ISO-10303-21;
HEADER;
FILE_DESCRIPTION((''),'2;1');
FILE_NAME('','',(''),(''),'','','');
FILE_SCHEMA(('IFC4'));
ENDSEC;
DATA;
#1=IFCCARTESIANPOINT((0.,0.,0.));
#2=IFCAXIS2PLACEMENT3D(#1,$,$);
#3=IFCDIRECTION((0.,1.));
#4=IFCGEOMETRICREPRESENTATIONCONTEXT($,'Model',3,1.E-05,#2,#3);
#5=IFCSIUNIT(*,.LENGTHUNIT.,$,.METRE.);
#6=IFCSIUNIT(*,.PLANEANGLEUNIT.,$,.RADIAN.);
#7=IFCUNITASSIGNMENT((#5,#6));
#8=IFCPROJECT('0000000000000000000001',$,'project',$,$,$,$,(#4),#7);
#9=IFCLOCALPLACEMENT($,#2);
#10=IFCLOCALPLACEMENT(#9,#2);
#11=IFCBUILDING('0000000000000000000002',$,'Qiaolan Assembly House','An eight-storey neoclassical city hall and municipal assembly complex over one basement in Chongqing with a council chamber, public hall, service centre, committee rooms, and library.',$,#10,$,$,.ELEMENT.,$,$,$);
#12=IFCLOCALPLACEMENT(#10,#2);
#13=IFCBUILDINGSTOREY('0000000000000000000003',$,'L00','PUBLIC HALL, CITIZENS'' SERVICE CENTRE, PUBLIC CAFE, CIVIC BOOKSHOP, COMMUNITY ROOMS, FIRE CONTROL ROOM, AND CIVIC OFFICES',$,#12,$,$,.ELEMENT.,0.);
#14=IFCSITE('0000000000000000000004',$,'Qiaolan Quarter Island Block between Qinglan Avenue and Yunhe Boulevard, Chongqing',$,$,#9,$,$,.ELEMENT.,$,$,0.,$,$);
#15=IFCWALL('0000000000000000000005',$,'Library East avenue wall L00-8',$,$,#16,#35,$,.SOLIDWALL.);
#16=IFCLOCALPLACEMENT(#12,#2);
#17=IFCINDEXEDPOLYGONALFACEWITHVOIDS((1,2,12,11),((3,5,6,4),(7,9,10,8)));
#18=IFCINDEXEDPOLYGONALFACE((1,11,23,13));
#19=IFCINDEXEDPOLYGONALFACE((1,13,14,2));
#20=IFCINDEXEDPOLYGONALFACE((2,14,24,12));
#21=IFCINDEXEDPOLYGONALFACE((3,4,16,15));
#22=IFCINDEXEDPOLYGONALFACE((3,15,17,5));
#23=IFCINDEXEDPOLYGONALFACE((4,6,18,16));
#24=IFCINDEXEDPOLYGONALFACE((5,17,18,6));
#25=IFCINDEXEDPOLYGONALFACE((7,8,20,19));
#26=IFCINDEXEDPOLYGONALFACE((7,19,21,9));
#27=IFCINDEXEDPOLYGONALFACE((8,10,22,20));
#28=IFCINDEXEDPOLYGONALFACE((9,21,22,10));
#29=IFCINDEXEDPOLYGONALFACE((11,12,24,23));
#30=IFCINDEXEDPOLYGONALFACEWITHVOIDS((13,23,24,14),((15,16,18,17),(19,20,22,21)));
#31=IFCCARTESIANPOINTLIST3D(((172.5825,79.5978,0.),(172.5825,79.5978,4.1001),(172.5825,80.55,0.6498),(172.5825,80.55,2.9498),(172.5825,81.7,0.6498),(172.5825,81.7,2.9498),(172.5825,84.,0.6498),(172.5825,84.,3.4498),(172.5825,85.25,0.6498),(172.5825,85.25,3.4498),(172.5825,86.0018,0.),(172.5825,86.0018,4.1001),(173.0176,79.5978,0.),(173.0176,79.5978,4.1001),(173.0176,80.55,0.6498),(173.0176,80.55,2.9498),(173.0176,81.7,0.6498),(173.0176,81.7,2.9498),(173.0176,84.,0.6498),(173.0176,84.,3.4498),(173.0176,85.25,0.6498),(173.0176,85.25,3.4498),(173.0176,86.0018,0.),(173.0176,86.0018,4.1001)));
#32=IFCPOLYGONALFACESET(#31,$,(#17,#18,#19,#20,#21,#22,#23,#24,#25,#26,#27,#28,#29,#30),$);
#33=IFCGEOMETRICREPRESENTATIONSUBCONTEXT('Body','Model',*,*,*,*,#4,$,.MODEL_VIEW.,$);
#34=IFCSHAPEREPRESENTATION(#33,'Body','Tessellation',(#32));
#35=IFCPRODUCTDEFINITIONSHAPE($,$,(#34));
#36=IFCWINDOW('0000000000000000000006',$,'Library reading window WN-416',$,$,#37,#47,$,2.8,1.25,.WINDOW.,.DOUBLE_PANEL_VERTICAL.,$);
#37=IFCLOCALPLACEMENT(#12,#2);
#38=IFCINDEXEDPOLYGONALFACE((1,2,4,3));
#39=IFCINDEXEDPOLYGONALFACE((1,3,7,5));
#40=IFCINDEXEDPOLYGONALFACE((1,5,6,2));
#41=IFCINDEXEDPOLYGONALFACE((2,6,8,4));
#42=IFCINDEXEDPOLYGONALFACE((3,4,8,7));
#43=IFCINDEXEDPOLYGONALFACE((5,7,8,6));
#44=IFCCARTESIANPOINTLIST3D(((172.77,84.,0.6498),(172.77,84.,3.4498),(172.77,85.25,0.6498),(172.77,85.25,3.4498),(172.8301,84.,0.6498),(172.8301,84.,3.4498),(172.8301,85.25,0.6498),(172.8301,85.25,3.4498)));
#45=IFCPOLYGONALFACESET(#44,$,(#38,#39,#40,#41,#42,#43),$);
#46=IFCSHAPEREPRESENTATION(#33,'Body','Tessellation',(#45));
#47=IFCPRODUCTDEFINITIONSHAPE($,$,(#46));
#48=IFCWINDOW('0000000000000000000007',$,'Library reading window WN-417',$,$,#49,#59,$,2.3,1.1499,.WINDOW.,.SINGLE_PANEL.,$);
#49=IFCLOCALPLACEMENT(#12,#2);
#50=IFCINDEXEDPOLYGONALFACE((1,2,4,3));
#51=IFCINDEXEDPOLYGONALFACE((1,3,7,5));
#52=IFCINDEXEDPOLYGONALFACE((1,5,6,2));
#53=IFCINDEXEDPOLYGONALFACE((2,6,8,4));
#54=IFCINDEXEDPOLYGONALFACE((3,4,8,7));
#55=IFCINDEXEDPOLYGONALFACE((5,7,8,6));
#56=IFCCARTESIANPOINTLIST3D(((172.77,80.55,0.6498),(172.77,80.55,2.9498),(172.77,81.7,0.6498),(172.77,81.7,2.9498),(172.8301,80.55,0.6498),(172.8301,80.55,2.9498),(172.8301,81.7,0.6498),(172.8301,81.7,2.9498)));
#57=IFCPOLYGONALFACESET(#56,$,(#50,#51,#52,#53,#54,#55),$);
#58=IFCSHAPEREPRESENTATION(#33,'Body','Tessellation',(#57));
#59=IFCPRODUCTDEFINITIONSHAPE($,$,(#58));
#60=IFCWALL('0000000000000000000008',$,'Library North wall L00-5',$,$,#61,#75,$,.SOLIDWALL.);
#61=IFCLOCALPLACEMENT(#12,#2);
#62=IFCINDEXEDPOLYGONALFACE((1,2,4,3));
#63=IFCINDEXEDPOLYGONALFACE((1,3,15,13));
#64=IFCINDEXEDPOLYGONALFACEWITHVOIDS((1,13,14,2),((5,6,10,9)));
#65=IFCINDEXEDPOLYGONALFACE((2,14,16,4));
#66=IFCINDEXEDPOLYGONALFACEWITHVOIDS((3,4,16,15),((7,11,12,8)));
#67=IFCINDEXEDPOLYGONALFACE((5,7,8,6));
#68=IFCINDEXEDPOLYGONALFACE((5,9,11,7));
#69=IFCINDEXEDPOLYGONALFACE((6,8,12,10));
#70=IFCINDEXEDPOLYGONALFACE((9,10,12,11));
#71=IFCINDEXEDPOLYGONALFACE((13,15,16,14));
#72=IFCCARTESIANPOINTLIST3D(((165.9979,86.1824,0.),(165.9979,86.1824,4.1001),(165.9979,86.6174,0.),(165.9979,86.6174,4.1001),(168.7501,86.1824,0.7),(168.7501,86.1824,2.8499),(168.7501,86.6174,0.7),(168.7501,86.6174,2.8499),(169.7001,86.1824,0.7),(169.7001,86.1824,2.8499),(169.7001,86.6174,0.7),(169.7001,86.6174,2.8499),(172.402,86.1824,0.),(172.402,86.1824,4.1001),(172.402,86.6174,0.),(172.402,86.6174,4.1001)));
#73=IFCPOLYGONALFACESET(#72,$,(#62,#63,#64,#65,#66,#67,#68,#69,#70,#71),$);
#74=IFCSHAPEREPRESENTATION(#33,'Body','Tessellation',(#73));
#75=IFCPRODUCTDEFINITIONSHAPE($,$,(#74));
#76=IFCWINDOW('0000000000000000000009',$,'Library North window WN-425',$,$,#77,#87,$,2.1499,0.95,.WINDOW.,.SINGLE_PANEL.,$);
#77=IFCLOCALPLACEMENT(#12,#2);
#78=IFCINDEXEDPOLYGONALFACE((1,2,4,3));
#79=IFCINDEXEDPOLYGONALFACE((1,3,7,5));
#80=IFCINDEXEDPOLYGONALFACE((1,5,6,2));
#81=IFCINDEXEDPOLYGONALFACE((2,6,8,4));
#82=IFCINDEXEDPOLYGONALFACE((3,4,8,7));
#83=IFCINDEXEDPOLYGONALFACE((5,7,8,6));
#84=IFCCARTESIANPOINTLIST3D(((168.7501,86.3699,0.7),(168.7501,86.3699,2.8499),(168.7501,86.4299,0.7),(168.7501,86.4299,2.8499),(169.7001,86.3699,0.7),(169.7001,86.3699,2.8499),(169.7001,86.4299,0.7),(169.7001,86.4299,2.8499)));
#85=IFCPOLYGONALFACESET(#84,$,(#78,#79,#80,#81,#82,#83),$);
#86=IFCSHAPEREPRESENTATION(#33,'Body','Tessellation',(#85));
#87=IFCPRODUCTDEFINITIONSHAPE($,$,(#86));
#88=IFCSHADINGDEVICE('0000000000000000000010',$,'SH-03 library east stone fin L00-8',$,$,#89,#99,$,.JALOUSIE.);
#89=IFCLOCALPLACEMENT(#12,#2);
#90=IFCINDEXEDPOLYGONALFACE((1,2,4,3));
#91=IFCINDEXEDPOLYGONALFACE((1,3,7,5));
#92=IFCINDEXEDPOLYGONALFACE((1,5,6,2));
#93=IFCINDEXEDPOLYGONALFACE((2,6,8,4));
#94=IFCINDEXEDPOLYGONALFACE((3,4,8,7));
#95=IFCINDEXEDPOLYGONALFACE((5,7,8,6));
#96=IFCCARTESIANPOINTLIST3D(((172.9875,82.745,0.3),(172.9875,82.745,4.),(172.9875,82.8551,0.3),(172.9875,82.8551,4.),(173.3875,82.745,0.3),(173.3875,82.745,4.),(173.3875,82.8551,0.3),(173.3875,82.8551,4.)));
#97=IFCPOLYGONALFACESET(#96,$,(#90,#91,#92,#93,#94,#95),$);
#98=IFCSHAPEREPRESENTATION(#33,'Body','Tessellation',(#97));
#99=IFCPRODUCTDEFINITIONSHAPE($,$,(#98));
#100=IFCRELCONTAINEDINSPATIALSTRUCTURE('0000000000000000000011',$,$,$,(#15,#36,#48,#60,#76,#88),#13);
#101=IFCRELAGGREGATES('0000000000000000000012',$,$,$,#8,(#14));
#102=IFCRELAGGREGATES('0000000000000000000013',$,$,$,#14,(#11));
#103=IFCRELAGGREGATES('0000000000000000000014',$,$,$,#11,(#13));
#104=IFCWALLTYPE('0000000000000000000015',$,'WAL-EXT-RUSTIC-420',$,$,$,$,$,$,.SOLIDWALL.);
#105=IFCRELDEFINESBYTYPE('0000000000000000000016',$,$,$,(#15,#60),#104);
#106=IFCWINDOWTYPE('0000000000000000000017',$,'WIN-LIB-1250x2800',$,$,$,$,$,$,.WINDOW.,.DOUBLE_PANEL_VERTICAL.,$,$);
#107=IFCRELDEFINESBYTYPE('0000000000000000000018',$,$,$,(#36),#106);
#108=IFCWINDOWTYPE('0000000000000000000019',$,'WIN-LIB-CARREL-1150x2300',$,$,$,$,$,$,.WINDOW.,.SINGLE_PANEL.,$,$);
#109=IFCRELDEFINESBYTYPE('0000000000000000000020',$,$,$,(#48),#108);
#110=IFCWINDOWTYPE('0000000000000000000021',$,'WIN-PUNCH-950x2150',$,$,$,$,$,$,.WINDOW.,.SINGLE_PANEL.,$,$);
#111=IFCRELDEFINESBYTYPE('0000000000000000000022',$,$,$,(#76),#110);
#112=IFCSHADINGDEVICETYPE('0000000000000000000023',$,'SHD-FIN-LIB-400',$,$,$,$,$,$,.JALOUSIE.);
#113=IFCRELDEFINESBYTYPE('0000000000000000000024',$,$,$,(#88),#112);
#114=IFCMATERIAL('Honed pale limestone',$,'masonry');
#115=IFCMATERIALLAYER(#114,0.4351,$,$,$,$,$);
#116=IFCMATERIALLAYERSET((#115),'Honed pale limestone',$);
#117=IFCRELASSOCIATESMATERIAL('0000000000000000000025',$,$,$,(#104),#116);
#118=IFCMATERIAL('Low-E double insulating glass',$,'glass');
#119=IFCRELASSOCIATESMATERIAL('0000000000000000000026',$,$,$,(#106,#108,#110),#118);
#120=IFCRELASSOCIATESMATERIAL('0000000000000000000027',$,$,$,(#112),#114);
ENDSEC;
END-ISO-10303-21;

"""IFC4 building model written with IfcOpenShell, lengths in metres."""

from ifc_helpers import new_model, si_unit, direction, frame, frame_2d, origin, origin_2d, place, context, subcontext, project, spatial, rectangle, extrude, material, layer, layer_set, material_profile, profile_set, type_object, element, fill, save


model = new_model("IFC4")

# Units and contexts
model_context = context("Model", 3, precision=1e-05, world=origin(), true_north=direction((0.0, 1.0)))
body_context = subcontext(model_context, "Body", "Model", "MODEL_VIEW")
ifc_project = project(units=[si_unit("LENGTHUNIT", "METRE"), si_unit("PLANEANGLEUNIT", "RADIAN")], contexts=[model_context])

# Site, building, storey
site_placement = place(None, origin())
site = spatial("IfcSite", under=ifc_project, at=site_placement, Name="Qiaolan Quarter Island Block between Qinglan Avenue and Yunhe Boulevard, Chongqing", CompositionType="ELEMENT", RefElevation=0.0)
building_placement = place(site_placement, origin())
building = spatial("IfcBuilding", under=site, at=building_placement, Name="Qiaolan Assembly House", Description="An eight-storey neoclassical city hall and municipal assembly complex over one basement in Chongqing with a council chamber, public hall, service centre, committee rooms, and library.", CompositionType="ELEMENT")
storey_placement = place(building_placement, origin())
storey = spatial("IfcBuildingStorey", under=building, at=storey_placement, Name="L00", Description="PUBLIC HALL, CITIZENS' SERVICE CENTRE, PUBLIC CAFE, CIVIC BOOKSHOP, COMMUNITY ROOMS, FIRE CONTROL ROOM, AND CIVIC OFFICES", CompositionType="ELEMENT", Elevation=0.0)

# Wall, openings, windows
ifc_material_1 = material(Name="Honed pale limestone", Category="masonry")
ifc_layer = layer(ifc_material_1, 0.4351)
ifc_layer_set = layer_set([ifc_layer], Name="Honed pale limestone")
wall_type = type_object("IfcWallType", Name="WAL-EXT-RUSTIC-420", PredefinedType="SOLIDWALL", material=ifc_layer_set)
wall_1_placement = place(storey_placement, frame((172.8, 86.002, 0.0), z_axis=(0.0, 0.0, 1.0), x_axis=(0.0, -1.0, 0.0)))
wall_1 = element("IfcWall", 1, at=wall_1_placement, inside=storey, type_object=wall_type, Name="Library East avenue wall L00-8", PredefinedType="SOLIDWALL", context=body_context, shape_type="SweptSolid", body=[
    extrude(rectangle(XDim=6.4041, YDim=0.4351, at=frame_2d((3.2021, 0.0))), origin(), (0.0, 0.0, 1.0), 4.1001),
])
opening_1_placement = place(wall_1_placement, frame((0.752, 0.0, 0.6499)))
opening_1 = element("IfcOpeningElement", 2, at=opening_1_placement, cuts=wall_1, PredefinedType="OPENING", context=body_context, shape_type="SweptSolid", body=[
    extrude(rectangle(XDim=1.25, YDim=2.8, at=frame_2d((0.625, 1.3999))), frame((0.0, 0.2275, 0.0), z_axis=(0.0, -1.0, 0.0), x_axis=(1.0, 0.0, 0.0)), (0.0, 0.0, 1.0), 0.4551),
])
opening_2_placement = place(wall_1_placement, frame((4.302, 0.0, 0.6499)))
opening_2 = element("IfcOpeningElement", 3, at=opening_2_placement, cuts=wall_1, PredefinedType="OPENING", context=body_context, shape_type="SweptSolid", body=[
    extrude(rectangle(XDim=1.1499, YDim=2.3, at=frame_2d((0.575, 1.1499))), frame((0.0, 0.2275, 0.0), z_axis=(0.0, -1.0, 0.0), x_axis=(1.0, 0.0, 0.0)), (0.0, 0.0, 1.0), 0.4551),
])
ifc_material_2 = material(Name="Low-E double insulating glass", Category="glass")
window_type_1 = type_object("IfcWindowType", Name="WIN-LIB-1250x2800", PartitioningType="DOUBLE_PANEL_VERTICAL", PredefinedType="WINDOW", material=ifc_material_2)
window_1_placement = place(opening_1_placement, origin())
window_1 = element("IfcWindow", 4, at=window_1_placement, inside=storey, type_object=window_type_1, Name="Library reading window WN-416", OverallHeight=2.8, OverallWidth=1.25, PartitioningType="DOUBLE_PANEL_VERTICAL", PredefinedType="WINDOW", context=body_context, shape_type="SweptSolid", body=[
    extrude(rectangle(XDim=1.25, YDim=2.8, at=frame_2d((0.625, 1.3999))), frame((0.0, 0.03, 0.0), z_axis=(0.0, -1.0, 0.0), x_axis=(1.0, 0.0, 0.0)), (0.0, 0.0, 1.0), 0.0601),
])
fill(opening_1, window_1)
window_type_2 = type_object("IfcWindowType", Name="WIN-LIB-CARREL-1150x2300", PartitioningType="SINGLE_PANEL", PredefinedType="WINDOW", material=ifc_material_2)
window_2_placement = place(opening_2_placement, origin())
window_2 = element("IfcWindow", 5, at=window_2_placement, inside=storey, type_object=window_type_2, Name="Library reading window WN-417", OverallHeight=2.3, OverallWidth=1.1499, PartitioningType="SINGLE_PANEL", PredefinedType="WINDOW", context=body_context, shape_type="SweptSolid", body=[
    extrude(rectangle(XDim=1.1499, YDim=2.3, at=frame_2d((0.575, 1.1499))), frame((0.0, 0.03, 0.0), z_axis=(0.0, -1.0, 0.0), x_axis=(1.0, 0.0, 0.0)), (0.0, 0.0, 1.0), 0.0601),
])
fill(opening_2, window_2)

# Wall, opening, window
wall_2_placement = place(storey_placement, frame((172.4021, 86.3999, 0.0), z_axis=(0.0, 0.0, 1.0), x_axis=(-1.0, 0.0, 0.0)))
wall_2 = element("IfcWall", 6, at=wall_2_placement, inside=storey, type_object=wall_type, Name="Library North wall L00-5", PredefinedType="SOLIDWALL", context=body_context, shape_type="SweptSolid", body=[
    extrude(rectangle(XDim=6.4041, YDim=0.4351, at=frame_2d((3.2021, 0.0))), origin(), (0.0, 0.0, 1.0), 4.1001),
])
opening_3_placement = place(wall_2_placement, frame((2.7019, 0.0, 0.7)))
opening_3 = element("IfcOpeningElement", 7, at=opening_3_placement, cuts=wall_2, PredefinedType="OPENING", context=body_context, shape_type="SweptSolid", body=[
    extrude(rectangle(XDim=0.95, YDim=2.1499, at=frame_2d((0.4751, 1.075))), frame((0.0, 0.2275, 0.0), z_axis=(0.0, -1.0, 0.0), x_axis=(1.0, 0.0, 0.0)), (0.0, 0.0, 1.0), 0.4551),
])
window_type_3 = type_object("IfcWindowType", Name="WIN-PUNCH-950x2150", PartitioningType="SINGLE_PANEL", PredefinedType="WINDOW", material=ifc_material_2)
window_3_placement = place(opening_3_placement, origin())
window_3 = element("IfcWindow", 8, at=window_3_placement, inside=storey, type_object=window_type_3, Name="Library North window WN-425", OverallHeight=2.1499, OverallWidth=0.95, PartitioningType="SINGLE_PANEL", PredefinedType="WINDOW", context=body_context, shape_type="SweptSolid", body=[
    extrude(rectangle(XDim=0.95, YDim=2.1499, at=frame_2d((0.4751, 1.075))), frame((0.0, 0.03, 0.0), z_axis=(0.0, -1.0, 0.0), x_axis=(1.0, 0.0, 0.0)), (0.0, 0.0, 1.0), 0.0601),
])
fill(opening_3, window_3)

# Shading device
ifc_material_profile_1 = material_profile(ifc_material_1, rectangle(XDim=0.1101, YDim=0.3999, at=origin_2d()), Name="FIN 110x400")
ifc_profile_set_1 = profile_set([ifc_material_profile_1], Name="Honed pale limestone")
shading_device_type = type_object("IfcShadingDeviceType", Name="SHD-FIN-LIB-400", PredefinedType="JALOUSIE", material=ifc_profile_set_1)
shading_device_placement = place(storey_placement, frame((173.1875, 82.8, 0.3), z_axis=(0.0, 0.0, 1.0), x_axis=(0.0, 1.0, 0.0)))
element("IfcShadingDevice", 9, at=shading_device_placement, inside=storey, type_object=shading_device_type, Name="SH-03 library east stone fin L00-8", PredefinedType="JALOUSIE", context=body_context, shape_type="SweptSolid", body=[
    extrude(rectangle(XDim=0.1101, YDim=0.3999, at=origin_2d()), origin(), (0.0, 0.0, 1.0), 3.7),
])

save(model, "model.ifc")
